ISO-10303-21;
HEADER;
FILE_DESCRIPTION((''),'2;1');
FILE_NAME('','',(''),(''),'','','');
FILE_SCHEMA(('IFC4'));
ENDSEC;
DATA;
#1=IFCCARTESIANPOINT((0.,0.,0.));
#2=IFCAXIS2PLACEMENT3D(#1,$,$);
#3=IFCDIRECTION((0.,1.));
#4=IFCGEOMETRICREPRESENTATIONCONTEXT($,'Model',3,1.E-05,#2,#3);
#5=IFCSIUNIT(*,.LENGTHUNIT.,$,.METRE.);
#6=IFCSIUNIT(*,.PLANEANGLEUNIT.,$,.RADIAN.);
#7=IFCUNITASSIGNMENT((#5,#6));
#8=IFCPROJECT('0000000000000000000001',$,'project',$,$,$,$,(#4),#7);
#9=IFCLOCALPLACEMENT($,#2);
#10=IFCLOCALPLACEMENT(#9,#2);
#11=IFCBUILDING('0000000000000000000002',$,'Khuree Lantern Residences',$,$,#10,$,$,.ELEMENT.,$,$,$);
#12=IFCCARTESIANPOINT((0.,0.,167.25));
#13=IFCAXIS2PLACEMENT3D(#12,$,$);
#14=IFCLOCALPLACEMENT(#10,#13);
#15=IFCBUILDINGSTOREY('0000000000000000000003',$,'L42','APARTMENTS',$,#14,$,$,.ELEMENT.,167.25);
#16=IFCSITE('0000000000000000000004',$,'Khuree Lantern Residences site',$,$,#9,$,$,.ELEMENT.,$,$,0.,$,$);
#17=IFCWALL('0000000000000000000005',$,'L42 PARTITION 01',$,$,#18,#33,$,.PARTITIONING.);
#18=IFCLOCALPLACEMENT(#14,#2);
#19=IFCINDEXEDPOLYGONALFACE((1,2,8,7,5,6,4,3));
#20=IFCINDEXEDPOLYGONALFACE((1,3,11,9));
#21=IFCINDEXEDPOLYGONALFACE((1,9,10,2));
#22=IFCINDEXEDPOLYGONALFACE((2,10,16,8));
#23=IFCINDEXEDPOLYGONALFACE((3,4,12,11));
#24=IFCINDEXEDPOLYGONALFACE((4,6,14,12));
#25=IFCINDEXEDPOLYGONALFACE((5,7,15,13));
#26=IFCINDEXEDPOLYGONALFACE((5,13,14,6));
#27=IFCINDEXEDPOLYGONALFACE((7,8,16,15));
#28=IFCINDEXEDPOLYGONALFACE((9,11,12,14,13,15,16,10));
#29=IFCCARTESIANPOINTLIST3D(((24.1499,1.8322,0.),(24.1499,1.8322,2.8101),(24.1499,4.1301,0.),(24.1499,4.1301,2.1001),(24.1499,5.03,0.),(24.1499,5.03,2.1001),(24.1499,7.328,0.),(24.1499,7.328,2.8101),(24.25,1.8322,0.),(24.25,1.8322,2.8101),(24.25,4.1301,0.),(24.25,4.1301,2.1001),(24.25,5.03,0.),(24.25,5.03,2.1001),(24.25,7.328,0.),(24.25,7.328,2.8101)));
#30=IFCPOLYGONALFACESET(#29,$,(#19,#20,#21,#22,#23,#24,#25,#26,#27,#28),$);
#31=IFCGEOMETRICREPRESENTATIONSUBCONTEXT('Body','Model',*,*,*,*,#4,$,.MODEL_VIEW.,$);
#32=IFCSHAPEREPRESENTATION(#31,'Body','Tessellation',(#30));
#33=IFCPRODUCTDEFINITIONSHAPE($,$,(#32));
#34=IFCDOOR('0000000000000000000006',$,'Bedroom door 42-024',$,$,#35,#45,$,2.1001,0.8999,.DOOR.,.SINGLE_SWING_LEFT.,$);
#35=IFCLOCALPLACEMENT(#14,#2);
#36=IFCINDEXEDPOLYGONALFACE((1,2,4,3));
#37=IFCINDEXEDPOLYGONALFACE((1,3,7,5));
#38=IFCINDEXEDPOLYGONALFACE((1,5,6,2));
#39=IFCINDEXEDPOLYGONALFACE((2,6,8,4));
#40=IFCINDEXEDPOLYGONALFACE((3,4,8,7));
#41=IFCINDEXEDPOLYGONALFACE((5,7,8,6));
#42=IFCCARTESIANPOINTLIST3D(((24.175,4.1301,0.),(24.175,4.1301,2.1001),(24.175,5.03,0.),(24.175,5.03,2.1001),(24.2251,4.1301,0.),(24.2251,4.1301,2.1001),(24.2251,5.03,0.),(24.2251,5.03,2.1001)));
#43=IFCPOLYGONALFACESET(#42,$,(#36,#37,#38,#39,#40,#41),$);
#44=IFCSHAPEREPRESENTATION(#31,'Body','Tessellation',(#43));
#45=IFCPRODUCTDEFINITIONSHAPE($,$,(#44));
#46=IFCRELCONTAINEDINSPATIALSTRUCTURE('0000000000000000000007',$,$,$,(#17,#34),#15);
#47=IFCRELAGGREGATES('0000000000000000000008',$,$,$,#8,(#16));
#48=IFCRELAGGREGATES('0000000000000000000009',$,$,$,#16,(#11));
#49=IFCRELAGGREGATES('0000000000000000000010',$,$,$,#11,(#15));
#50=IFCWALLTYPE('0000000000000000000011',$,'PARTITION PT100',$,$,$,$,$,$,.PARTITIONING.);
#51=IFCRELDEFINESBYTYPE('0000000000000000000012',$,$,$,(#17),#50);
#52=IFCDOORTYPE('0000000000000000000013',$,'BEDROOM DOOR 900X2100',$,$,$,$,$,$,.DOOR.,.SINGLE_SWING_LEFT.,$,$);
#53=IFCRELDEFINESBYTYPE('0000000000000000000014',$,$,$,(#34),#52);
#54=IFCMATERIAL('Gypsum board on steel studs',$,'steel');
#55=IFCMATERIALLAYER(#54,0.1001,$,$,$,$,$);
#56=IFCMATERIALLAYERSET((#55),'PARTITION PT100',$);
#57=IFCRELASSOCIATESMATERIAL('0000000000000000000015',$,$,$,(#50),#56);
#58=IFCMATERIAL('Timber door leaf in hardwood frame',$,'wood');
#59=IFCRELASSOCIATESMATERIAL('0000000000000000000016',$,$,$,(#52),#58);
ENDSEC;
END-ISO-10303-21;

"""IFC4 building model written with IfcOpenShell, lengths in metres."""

from ifc_helpers import new_model, si_unit, direction, frame, frame_2d, origin, place, context, subcontext, project, spatial, rectangle, extrude, material, layer, layer_set, type_object, element, fill, save


model = new_model("IFC4")

# Units and contexts
model_context = context("Model", 3, precision=1e-05, world=origin(), true_north=direction((0.0, 1.0)))
body_context = subcontext(model_context, "Body", "Model", "MODEL_VIEW")
ifc_project = project(units=[si_unit("LENGTHUNIT", "METRE"), si_unit("PLANEANGLEUNIT", "RADIAN")], contexts=[model_context])

# Site, building, storey
site_placement = place(None, origin())
site = spatial("IfcSite", under=ifc_project, at=site_placement, Name="Khuree Lantern Residences site", CompositionType="ELEMENT", RefElevation=0.0)
building_placement = place(site_placement, origin())
building = spatial("IfcBuilding", under=site, at=building_placement, Name="Khuree Lantern Residences", CompositionType="ELEMENT")
storey_placement = place(building_placement, frame((0.0, 0.0, 167.25)))
storey = spatial("IfcBuildingStorey", under=building, at=storey_placement, Name="L42", Description="APARTMENTS", CompositionType="ELEMENT", Elevation=167.25)

# Shared definitions
ifc_material_1 = material(Name="Gypsum board on steel studs", Category="steel")
ifc_layer_1 = layer(ifc_material_1, 0.1001)
ifc_layer_set_1 = layer_set([ifc_layer_1], Name="PARTITION PT100")
wall_type = type_object("IfcWallType", Name="PARTITION PT100", PredefinedType="PARTITIONING", material=ifc_layer_set_1)

# Wall, opening, door
wall_1_placement = place(storey_placement, frame((24.2, 1.832, 0.0), z_axis=(0.0, 0.0, 1.0), x_axis=(0.0, 1.0, 0.0)))
wall_1 = element("IfcWall", 1, at=wall_1_placement, inside=storey, type_object=wall_type, Name="L42 PARTITION 01", PredefinedType="PARTITIONING", context=body_context, shape_type="SweptSolid", body=[
    extrude(rectangle(XDim=5.4958, YDim=0.1001, at=frame_2d((2.748, 0.0))), origin(), (0.0, 0.0, 1.0), 2.8101),
])
opening_placement = place(wall_1_placement, frame((2.2981, 0.0, 0.0)))
opening = element("IfcOpeningElement", 2, at=opening_placement, cuts=wall_1, PredefinedType="OPENING", context=body_context, shape_type="SweptSolid", body=[
    extrude(rectangle(XDim=0.8999, YDim=2.1001, at=frame_2d((0.45, 1.05))), frame((0.0, 0.0601, 0.0), z_axis=(0.0, -1.0, 0.0), x_axis=(1.0, 0.0, 0.0)), (0.0, 0.0, 1.0), 0.1201),
])
ifc_material_2 = material(Name="Timber door leaf in hardwood frame", Category="wood")
door_type = type_object("IfcDoorType", Name="BEDROOM DOOR 900X2100", OperationType="SINGLE_SWING_LEFT", PredefinedType="DOOR", material=ifc_material_2)
door_placement = place(opening_placement, origin())
door = element("IfcDoor", 3, at=door_placement, inside=storey, type_object=door_type, Name="Bedroom door 42-024", OperationType="SINGLE_SWING_LEFT", OverallHeight=2.1001, OverallWidth=0.8999, PredefinedType="DOOR", context=body_context, shape_type="SweptSolid", body=[
    extrude(rectangle(XDim=0.8999, YDim=2.1001, at=frame_2d((0.45, 1.05))), frame((0.0, 0.0249, 0.0), z_axis=(0.0, -1.0, 0.0), x_axis=(1.0, 0.0, 0.0)), (0.0, 0.0, 1.0), 0.05),
])
fill(opening, door)

save(model, "model.ifc")
